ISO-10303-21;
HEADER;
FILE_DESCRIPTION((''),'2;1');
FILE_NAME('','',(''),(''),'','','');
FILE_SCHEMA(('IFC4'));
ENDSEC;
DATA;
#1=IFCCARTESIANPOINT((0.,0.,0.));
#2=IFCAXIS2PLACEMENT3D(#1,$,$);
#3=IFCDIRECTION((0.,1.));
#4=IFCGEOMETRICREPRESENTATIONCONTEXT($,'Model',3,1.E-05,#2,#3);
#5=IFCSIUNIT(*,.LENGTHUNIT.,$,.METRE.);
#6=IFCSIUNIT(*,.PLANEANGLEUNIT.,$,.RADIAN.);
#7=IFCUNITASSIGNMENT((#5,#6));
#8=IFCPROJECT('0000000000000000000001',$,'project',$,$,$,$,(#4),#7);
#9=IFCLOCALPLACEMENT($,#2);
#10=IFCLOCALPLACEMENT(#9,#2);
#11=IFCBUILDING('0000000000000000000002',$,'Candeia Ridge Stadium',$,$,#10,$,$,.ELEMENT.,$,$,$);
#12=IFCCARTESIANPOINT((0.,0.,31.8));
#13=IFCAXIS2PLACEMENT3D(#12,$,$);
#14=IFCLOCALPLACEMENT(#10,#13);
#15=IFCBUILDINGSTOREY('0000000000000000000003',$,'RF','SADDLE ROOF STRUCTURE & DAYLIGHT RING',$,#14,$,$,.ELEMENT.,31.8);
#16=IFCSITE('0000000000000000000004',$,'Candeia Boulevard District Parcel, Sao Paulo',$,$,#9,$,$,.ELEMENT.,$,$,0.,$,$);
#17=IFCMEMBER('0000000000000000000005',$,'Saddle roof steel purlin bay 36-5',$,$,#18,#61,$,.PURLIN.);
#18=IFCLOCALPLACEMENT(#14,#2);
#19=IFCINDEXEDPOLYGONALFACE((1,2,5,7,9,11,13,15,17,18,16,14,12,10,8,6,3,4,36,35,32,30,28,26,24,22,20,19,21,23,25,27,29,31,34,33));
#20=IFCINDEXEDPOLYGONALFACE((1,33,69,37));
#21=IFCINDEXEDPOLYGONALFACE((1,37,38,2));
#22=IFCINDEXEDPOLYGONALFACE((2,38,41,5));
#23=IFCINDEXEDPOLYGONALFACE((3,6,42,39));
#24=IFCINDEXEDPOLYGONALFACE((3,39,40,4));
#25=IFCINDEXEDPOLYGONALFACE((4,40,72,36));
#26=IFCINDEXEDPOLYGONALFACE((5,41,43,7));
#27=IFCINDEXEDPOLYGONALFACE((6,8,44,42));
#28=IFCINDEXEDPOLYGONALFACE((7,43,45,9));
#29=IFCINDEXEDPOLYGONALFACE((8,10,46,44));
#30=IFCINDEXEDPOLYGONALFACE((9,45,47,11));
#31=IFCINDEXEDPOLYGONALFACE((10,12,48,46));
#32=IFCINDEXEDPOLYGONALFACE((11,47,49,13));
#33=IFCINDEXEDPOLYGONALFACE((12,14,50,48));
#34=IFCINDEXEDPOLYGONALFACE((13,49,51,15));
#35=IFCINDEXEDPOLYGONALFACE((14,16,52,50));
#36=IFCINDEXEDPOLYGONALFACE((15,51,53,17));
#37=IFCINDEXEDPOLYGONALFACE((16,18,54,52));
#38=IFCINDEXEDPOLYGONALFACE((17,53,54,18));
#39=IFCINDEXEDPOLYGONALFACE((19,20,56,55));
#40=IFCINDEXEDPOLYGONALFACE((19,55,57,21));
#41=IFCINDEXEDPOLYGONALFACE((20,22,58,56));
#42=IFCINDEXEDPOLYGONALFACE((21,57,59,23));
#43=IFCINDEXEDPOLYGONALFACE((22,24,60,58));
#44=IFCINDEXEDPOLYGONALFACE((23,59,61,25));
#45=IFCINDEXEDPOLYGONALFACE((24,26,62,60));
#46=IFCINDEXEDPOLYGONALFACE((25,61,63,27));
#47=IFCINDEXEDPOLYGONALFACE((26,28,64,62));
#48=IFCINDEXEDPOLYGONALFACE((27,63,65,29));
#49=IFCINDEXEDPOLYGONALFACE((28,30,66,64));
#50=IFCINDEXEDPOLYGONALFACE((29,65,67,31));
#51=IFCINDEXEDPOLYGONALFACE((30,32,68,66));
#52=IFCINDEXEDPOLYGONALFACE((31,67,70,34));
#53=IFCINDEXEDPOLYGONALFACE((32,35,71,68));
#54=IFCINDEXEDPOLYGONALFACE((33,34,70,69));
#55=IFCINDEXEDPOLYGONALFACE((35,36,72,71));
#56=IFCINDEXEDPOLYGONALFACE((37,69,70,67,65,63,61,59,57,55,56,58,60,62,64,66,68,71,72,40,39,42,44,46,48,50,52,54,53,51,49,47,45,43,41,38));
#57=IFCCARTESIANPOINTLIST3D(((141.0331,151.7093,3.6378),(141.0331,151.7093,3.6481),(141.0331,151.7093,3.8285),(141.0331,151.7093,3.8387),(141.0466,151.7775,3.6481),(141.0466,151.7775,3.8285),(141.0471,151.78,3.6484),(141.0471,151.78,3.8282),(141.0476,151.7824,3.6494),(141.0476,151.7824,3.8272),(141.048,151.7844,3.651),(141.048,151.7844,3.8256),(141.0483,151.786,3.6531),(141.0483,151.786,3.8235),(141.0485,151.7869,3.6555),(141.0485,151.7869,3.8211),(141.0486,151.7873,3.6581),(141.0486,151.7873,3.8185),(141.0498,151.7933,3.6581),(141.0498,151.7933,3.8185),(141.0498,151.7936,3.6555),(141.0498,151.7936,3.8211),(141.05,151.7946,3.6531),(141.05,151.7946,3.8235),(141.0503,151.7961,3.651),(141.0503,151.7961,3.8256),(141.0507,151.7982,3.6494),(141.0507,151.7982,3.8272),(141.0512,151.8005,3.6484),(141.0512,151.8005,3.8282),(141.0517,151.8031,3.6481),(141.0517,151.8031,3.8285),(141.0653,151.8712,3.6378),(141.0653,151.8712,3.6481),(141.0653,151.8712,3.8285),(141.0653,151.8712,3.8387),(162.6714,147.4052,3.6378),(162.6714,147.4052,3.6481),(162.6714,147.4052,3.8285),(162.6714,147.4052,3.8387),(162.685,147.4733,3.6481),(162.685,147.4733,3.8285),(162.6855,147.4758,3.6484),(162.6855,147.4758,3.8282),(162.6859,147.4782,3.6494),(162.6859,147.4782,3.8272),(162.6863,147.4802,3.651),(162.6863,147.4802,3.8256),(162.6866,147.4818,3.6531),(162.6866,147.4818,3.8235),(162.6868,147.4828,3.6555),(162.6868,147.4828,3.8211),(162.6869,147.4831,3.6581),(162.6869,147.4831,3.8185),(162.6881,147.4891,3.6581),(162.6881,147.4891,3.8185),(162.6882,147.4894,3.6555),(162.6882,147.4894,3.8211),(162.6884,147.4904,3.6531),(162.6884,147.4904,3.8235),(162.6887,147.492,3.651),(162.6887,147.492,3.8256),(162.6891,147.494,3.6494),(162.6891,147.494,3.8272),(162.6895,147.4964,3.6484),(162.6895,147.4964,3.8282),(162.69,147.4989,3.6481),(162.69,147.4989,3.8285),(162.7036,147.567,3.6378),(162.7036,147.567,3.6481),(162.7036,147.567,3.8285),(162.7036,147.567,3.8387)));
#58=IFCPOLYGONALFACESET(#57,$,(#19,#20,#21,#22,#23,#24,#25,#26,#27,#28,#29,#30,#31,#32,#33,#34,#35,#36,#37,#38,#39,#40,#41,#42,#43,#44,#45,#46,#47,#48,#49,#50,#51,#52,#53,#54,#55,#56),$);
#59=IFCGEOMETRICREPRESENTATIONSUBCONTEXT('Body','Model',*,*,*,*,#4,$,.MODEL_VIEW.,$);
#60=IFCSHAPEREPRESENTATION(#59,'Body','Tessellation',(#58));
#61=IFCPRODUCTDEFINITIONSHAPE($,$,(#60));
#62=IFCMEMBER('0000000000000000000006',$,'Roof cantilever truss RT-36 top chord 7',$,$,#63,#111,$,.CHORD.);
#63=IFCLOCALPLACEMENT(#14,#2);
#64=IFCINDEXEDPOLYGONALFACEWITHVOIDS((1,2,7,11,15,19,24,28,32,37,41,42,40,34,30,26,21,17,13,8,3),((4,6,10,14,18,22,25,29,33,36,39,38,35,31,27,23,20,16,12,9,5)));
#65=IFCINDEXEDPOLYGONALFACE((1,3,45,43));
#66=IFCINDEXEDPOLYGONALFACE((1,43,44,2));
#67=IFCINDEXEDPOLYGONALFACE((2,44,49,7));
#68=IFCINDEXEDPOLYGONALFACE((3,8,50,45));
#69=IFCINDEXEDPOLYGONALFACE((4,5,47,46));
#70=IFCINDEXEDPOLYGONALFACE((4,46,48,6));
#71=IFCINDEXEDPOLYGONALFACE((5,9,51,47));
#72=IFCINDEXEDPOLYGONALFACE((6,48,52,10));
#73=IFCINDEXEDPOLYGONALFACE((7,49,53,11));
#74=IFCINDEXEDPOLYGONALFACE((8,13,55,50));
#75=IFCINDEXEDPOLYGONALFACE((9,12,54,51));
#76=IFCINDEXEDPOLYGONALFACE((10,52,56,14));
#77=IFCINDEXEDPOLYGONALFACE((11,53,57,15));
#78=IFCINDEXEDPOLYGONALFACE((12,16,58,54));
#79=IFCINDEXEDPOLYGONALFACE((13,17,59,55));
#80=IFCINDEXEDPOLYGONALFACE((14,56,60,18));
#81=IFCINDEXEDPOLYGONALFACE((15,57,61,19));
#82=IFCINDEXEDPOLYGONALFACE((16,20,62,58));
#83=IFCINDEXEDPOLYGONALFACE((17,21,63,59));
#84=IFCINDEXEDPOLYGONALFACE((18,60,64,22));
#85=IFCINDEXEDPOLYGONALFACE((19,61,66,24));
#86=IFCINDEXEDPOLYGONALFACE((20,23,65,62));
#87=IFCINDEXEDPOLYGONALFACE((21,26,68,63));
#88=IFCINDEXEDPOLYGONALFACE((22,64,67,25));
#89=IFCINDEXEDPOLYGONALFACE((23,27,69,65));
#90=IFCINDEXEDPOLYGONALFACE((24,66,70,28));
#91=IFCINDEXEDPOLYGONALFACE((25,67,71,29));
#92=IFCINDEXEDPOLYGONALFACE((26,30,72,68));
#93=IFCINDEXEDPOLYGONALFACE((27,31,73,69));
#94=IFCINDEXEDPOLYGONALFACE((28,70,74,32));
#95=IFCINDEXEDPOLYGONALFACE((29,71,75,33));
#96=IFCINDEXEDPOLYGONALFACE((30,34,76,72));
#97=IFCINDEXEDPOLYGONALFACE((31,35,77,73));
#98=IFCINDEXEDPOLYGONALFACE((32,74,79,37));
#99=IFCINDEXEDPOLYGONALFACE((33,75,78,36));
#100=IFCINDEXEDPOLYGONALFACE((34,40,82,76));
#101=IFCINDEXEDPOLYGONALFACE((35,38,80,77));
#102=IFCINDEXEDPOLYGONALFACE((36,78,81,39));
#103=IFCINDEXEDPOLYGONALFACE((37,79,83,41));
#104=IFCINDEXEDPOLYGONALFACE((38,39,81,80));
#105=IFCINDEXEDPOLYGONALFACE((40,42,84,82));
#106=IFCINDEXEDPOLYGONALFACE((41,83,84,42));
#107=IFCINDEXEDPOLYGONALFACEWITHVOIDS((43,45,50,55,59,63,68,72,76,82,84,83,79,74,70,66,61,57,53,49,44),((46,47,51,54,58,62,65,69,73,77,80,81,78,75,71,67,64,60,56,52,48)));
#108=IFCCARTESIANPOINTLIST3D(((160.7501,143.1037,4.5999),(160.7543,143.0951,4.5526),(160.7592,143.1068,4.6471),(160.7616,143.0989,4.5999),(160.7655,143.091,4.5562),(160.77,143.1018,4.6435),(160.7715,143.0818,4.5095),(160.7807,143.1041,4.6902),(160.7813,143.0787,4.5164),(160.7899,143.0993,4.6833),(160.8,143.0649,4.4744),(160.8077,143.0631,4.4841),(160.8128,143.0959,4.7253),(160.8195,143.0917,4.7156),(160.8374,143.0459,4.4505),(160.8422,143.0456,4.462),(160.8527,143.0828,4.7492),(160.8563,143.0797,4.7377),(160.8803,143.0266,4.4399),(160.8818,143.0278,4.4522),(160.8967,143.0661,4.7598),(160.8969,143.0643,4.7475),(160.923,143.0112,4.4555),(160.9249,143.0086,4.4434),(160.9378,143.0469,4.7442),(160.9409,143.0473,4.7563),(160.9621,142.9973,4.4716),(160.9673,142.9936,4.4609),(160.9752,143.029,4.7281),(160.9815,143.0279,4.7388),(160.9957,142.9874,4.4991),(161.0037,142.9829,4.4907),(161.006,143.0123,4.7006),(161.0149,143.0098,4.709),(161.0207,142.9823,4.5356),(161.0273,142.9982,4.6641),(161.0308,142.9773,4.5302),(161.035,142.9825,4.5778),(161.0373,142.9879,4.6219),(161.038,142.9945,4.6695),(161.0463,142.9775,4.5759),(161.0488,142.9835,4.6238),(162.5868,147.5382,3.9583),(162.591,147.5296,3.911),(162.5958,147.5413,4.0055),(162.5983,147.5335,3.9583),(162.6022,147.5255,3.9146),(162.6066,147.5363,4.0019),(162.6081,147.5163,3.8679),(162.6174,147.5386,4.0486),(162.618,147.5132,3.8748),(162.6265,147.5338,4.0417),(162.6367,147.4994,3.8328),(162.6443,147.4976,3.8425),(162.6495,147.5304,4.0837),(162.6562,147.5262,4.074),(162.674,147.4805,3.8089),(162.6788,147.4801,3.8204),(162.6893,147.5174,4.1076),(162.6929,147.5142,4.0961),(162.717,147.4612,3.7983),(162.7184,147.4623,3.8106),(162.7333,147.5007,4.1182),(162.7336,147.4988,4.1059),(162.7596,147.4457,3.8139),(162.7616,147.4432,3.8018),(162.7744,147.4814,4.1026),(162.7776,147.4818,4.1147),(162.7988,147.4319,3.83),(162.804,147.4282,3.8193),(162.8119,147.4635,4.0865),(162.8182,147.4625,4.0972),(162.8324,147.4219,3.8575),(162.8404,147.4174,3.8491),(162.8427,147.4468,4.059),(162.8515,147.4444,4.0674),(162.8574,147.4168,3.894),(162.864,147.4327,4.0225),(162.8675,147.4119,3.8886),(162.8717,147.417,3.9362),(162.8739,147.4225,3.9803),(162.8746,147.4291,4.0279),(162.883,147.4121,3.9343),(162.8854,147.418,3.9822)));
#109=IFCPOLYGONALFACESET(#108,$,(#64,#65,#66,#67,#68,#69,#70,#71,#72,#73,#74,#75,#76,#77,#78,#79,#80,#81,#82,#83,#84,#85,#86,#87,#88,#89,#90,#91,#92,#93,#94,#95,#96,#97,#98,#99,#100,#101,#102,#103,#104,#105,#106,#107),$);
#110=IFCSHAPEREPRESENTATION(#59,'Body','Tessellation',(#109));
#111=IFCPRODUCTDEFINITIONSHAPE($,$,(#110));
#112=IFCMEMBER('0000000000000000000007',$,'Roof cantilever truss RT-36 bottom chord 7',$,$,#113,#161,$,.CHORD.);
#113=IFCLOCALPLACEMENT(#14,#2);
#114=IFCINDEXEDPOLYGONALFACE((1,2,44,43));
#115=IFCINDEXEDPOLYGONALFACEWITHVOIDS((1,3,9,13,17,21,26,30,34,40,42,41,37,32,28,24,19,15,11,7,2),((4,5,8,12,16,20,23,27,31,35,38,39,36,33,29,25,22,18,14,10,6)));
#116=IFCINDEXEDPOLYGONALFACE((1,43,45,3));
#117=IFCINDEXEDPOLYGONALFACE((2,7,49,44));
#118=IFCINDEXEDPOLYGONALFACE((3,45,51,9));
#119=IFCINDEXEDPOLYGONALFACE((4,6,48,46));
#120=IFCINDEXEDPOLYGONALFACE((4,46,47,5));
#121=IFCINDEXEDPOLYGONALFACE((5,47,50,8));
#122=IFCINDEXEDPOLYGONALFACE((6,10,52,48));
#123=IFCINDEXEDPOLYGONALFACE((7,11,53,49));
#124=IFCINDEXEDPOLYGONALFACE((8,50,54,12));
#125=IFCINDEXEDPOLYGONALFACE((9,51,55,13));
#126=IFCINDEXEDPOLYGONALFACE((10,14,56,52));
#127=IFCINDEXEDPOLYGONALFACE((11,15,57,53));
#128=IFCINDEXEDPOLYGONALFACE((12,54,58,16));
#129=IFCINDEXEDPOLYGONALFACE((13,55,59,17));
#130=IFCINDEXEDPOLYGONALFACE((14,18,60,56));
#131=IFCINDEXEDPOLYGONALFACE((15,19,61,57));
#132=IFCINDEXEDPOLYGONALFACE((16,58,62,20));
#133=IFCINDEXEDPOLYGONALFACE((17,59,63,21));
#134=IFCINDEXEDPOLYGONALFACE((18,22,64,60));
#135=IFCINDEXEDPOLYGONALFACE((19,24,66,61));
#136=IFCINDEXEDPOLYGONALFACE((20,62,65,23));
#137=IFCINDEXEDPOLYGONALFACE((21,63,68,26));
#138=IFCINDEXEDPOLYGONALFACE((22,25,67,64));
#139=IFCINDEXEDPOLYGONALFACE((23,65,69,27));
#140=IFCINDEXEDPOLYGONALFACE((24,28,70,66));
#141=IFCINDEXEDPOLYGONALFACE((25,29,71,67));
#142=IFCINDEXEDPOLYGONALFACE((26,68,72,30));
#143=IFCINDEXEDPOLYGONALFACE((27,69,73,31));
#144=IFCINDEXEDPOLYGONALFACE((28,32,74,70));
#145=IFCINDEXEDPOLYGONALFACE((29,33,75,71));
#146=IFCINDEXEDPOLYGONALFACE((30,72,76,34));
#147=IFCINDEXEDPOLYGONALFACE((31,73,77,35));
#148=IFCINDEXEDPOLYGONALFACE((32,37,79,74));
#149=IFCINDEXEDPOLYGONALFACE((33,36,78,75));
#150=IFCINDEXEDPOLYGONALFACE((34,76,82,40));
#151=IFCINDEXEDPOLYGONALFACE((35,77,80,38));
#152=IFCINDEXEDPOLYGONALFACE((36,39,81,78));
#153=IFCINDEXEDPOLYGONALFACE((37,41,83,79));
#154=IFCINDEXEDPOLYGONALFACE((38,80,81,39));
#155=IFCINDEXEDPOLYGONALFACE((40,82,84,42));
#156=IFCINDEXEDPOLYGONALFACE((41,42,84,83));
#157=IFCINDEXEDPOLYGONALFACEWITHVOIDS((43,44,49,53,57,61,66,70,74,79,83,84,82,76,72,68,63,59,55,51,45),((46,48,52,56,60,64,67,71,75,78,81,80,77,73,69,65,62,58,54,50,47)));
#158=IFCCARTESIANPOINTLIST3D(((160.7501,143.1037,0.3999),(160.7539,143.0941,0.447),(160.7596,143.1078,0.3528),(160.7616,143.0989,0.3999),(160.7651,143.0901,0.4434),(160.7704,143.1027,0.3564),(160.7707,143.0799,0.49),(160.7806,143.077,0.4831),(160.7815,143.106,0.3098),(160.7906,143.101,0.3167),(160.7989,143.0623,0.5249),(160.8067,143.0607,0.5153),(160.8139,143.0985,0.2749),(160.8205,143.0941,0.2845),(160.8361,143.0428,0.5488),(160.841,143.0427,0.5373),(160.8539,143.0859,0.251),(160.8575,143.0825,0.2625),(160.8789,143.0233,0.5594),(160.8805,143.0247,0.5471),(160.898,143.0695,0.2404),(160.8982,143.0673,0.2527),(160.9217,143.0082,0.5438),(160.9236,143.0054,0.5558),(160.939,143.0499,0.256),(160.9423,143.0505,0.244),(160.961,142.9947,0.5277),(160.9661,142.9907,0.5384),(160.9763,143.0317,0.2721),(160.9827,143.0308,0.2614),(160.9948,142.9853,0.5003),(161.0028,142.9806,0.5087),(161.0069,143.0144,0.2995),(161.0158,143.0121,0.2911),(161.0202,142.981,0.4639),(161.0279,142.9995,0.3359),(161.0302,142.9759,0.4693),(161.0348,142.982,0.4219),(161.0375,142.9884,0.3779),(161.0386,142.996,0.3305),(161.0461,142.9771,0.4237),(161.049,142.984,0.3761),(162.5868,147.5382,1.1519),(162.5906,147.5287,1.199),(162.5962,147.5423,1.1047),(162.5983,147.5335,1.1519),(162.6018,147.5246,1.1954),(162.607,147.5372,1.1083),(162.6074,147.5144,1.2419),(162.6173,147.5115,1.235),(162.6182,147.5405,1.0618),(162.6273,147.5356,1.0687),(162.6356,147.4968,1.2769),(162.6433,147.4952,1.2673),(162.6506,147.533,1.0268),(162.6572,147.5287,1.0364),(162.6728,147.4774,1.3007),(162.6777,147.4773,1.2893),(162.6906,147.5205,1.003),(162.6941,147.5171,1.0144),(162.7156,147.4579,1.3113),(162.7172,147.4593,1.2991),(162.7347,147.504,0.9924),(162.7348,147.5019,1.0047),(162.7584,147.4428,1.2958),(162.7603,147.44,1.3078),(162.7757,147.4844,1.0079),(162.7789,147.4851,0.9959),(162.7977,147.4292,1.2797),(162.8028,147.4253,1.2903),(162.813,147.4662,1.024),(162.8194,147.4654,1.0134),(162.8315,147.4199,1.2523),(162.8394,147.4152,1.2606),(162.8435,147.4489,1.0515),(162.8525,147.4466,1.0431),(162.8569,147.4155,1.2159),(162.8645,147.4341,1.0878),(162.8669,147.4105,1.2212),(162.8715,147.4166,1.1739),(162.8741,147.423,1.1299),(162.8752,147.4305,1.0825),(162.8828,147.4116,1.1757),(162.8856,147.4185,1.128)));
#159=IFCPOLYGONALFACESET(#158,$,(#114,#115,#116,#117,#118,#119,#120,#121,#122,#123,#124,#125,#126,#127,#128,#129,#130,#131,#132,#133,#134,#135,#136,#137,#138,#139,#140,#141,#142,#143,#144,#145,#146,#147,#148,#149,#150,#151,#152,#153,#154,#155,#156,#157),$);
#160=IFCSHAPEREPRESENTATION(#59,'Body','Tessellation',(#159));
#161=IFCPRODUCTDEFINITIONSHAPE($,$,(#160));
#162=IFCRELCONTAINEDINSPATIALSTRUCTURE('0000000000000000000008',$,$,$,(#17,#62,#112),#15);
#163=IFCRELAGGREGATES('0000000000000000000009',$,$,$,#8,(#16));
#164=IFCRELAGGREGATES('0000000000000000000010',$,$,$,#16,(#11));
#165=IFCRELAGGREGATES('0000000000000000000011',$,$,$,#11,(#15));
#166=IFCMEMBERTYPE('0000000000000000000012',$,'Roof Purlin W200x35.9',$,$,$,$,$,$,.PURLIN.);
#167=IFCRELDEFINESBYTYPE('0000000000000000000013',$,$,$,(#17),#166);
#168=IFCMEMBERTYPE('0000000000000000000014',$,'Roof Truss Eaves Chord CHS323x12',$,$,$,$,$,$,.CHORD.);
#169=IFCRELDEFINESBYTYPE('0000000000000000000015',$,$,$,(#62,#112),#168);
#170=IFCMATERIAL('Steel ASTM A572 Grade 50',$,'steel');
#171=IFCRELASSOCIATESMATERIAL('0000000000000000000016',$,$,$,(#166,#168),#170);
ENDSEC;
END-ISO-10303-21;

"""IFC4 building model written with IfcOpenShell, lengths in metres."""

from ifc_helpers import new_model, si_unit, direction, frame, origin, origin_2d, place, context, subcontext, project, spatial, hollow_circle, i_section, extrude, material, material_profile, profile_set, type_object, element, save


model = new_model("IFC4")

# Units and contexts
model_context = context("Model", 3, precision=1e-05, world=origin(), true_north=direction((0.0, 1.0)))
body_context = subcontext(model_context, "Body", "Model", "MODEL_VIEW")
ifc_project = project(units=[si_unit("LENGTHUNIT", "METRE"), si_unit("PLANEANGLEUNIT", "RADIAN")], contexts=[model_context])

# Site, building, storey
site_placement = place(None, origin())
site = spatial("IfcSite", under=ifc_project, at=site_placement, Name="Candeia Boulevard District Parcel, Sao Paulo", CompositionType="ELEMENT", RefElevation=0.0)
building_placement = place(site_placement, origin())
building = spatial("IfcBuilding", under=site, at=building_placement, Name="Candeia Ridge Stadium", CompositionType="ELEMENT")
storey_placement = place(building_placement, frame((0.0, 0.0, 31.8)))
storey = spatial("IfcBuildingStorey", under=building, at=storey_placement, Name="RF", Description="SADDLE ROOF STRUCTURE & DAYLIGHT RING", CompositionType="ELEMENT", Elevation=31.8)

# Shared definitions
ifc_material_1 = material(Name="Steel ASTM A572 Grade 50", Category="steel")

# Members
ifc_material_profile_1 = material_profile(ifc_material_1, i_section(OverallWidth=0.165, OverallDepth=0.2009, WebThickness=0.0061, FlangeThickness=0.0103, FilletRadius=0.01, at=origin_2d()), Name="W200x35.9", Category="steel")
ifc_profile_set_1 = profile_set([ifc_material_profile_1], Name="Steel ASTM A572 Grade 50")
member_type_1 = type_object("IfcMemberType", Name="Roof Purlin W200x35.9", PredefinedType="PURLIN", material=ifc_profile_set_1)
member_1_placement = place(storey_placement, frame((162.6875, 147.4861, 3.7383), z_axis=(-0.980785, 0.195092, 0.0), x_axis=(-0.195092, -0.980785, 0.0)))
element("IfcMember", 1, at=member_1_placement, inside=storey, type_object=member_type_1, Name="Saddle roof steel purlin bay 36-5", PredefinedType="PURLIN", context=body_context, shape_type="SweptSolid", body=[
    extrude(i_section(OverallWidth=0.165, OverallDepth=0.2009, WebThickness=0.0061, FlangeThickness=0.0103, FilletRadius=0.01, at=origin_2d()), origin(), (0.0, 0.0, 1.0), 22.0623),
])
ifc_material_profile_2 = material_profile(ifc_material_1, hollow_circle(Radius=0.1619, WallThickness=0.0125, at=origin_2d()), Name="CHS323x12", Category="steel")
ifc_profile_set_2 = profile_set([ifc_material_profile_2], Name="Steel ASTM A572 Grade 50")
member_type_2 = type_object("IfcMemberType", Name="Roof Truss Eaves Chord CHS323x12", PredefinedType="CHORD", material=ifc_profile_set_2)
member_2_placement = place(storey_placement, frame((160.8997, 143.0417, 4.5999), z_axis=(0.379276, 0.915748, -0.132492), x_axis=(-0.923893, 0.38265, 0.0)))
element("IfcMember", 2, at=member_2_placement, inside=storey, type_object=member_type_2, Name="Roof cantilever truss RT-36 top chord 7", PredefinedType="CHORD", context=body_context, shape_type="SweptSolid", body=[
    extrude(hollow_circle(Radius=0.1619, WallThickness=0.0125, at=origin_2d()), origin(), (0.0, 0.0, 1.0), 4.8425),
])
member_3_placement = place(storey_placement, frame((160.8997, 143.0417, 0.3999), z_axis=(0.378039, 0.912761, 0.154773), x_axis=(-0.923893, 0.38265, 0.0)))
element("IfcMember", 3, at=member_3_placement, inside=storey, type_object=member_type_2, Name="Roof cantilever truss RT-36 bottom chord 7", PredefinedType="CHORD", context=body_context, shape_type="SweptSolid", body=[
    extrude(hollow_circle(Radius=0.1619, WallThickness=0.0125, at=origin_2d()), origin(), (0.0, 0.0, 1.0), 4.8584),
])

save(model, "model.ifc")
